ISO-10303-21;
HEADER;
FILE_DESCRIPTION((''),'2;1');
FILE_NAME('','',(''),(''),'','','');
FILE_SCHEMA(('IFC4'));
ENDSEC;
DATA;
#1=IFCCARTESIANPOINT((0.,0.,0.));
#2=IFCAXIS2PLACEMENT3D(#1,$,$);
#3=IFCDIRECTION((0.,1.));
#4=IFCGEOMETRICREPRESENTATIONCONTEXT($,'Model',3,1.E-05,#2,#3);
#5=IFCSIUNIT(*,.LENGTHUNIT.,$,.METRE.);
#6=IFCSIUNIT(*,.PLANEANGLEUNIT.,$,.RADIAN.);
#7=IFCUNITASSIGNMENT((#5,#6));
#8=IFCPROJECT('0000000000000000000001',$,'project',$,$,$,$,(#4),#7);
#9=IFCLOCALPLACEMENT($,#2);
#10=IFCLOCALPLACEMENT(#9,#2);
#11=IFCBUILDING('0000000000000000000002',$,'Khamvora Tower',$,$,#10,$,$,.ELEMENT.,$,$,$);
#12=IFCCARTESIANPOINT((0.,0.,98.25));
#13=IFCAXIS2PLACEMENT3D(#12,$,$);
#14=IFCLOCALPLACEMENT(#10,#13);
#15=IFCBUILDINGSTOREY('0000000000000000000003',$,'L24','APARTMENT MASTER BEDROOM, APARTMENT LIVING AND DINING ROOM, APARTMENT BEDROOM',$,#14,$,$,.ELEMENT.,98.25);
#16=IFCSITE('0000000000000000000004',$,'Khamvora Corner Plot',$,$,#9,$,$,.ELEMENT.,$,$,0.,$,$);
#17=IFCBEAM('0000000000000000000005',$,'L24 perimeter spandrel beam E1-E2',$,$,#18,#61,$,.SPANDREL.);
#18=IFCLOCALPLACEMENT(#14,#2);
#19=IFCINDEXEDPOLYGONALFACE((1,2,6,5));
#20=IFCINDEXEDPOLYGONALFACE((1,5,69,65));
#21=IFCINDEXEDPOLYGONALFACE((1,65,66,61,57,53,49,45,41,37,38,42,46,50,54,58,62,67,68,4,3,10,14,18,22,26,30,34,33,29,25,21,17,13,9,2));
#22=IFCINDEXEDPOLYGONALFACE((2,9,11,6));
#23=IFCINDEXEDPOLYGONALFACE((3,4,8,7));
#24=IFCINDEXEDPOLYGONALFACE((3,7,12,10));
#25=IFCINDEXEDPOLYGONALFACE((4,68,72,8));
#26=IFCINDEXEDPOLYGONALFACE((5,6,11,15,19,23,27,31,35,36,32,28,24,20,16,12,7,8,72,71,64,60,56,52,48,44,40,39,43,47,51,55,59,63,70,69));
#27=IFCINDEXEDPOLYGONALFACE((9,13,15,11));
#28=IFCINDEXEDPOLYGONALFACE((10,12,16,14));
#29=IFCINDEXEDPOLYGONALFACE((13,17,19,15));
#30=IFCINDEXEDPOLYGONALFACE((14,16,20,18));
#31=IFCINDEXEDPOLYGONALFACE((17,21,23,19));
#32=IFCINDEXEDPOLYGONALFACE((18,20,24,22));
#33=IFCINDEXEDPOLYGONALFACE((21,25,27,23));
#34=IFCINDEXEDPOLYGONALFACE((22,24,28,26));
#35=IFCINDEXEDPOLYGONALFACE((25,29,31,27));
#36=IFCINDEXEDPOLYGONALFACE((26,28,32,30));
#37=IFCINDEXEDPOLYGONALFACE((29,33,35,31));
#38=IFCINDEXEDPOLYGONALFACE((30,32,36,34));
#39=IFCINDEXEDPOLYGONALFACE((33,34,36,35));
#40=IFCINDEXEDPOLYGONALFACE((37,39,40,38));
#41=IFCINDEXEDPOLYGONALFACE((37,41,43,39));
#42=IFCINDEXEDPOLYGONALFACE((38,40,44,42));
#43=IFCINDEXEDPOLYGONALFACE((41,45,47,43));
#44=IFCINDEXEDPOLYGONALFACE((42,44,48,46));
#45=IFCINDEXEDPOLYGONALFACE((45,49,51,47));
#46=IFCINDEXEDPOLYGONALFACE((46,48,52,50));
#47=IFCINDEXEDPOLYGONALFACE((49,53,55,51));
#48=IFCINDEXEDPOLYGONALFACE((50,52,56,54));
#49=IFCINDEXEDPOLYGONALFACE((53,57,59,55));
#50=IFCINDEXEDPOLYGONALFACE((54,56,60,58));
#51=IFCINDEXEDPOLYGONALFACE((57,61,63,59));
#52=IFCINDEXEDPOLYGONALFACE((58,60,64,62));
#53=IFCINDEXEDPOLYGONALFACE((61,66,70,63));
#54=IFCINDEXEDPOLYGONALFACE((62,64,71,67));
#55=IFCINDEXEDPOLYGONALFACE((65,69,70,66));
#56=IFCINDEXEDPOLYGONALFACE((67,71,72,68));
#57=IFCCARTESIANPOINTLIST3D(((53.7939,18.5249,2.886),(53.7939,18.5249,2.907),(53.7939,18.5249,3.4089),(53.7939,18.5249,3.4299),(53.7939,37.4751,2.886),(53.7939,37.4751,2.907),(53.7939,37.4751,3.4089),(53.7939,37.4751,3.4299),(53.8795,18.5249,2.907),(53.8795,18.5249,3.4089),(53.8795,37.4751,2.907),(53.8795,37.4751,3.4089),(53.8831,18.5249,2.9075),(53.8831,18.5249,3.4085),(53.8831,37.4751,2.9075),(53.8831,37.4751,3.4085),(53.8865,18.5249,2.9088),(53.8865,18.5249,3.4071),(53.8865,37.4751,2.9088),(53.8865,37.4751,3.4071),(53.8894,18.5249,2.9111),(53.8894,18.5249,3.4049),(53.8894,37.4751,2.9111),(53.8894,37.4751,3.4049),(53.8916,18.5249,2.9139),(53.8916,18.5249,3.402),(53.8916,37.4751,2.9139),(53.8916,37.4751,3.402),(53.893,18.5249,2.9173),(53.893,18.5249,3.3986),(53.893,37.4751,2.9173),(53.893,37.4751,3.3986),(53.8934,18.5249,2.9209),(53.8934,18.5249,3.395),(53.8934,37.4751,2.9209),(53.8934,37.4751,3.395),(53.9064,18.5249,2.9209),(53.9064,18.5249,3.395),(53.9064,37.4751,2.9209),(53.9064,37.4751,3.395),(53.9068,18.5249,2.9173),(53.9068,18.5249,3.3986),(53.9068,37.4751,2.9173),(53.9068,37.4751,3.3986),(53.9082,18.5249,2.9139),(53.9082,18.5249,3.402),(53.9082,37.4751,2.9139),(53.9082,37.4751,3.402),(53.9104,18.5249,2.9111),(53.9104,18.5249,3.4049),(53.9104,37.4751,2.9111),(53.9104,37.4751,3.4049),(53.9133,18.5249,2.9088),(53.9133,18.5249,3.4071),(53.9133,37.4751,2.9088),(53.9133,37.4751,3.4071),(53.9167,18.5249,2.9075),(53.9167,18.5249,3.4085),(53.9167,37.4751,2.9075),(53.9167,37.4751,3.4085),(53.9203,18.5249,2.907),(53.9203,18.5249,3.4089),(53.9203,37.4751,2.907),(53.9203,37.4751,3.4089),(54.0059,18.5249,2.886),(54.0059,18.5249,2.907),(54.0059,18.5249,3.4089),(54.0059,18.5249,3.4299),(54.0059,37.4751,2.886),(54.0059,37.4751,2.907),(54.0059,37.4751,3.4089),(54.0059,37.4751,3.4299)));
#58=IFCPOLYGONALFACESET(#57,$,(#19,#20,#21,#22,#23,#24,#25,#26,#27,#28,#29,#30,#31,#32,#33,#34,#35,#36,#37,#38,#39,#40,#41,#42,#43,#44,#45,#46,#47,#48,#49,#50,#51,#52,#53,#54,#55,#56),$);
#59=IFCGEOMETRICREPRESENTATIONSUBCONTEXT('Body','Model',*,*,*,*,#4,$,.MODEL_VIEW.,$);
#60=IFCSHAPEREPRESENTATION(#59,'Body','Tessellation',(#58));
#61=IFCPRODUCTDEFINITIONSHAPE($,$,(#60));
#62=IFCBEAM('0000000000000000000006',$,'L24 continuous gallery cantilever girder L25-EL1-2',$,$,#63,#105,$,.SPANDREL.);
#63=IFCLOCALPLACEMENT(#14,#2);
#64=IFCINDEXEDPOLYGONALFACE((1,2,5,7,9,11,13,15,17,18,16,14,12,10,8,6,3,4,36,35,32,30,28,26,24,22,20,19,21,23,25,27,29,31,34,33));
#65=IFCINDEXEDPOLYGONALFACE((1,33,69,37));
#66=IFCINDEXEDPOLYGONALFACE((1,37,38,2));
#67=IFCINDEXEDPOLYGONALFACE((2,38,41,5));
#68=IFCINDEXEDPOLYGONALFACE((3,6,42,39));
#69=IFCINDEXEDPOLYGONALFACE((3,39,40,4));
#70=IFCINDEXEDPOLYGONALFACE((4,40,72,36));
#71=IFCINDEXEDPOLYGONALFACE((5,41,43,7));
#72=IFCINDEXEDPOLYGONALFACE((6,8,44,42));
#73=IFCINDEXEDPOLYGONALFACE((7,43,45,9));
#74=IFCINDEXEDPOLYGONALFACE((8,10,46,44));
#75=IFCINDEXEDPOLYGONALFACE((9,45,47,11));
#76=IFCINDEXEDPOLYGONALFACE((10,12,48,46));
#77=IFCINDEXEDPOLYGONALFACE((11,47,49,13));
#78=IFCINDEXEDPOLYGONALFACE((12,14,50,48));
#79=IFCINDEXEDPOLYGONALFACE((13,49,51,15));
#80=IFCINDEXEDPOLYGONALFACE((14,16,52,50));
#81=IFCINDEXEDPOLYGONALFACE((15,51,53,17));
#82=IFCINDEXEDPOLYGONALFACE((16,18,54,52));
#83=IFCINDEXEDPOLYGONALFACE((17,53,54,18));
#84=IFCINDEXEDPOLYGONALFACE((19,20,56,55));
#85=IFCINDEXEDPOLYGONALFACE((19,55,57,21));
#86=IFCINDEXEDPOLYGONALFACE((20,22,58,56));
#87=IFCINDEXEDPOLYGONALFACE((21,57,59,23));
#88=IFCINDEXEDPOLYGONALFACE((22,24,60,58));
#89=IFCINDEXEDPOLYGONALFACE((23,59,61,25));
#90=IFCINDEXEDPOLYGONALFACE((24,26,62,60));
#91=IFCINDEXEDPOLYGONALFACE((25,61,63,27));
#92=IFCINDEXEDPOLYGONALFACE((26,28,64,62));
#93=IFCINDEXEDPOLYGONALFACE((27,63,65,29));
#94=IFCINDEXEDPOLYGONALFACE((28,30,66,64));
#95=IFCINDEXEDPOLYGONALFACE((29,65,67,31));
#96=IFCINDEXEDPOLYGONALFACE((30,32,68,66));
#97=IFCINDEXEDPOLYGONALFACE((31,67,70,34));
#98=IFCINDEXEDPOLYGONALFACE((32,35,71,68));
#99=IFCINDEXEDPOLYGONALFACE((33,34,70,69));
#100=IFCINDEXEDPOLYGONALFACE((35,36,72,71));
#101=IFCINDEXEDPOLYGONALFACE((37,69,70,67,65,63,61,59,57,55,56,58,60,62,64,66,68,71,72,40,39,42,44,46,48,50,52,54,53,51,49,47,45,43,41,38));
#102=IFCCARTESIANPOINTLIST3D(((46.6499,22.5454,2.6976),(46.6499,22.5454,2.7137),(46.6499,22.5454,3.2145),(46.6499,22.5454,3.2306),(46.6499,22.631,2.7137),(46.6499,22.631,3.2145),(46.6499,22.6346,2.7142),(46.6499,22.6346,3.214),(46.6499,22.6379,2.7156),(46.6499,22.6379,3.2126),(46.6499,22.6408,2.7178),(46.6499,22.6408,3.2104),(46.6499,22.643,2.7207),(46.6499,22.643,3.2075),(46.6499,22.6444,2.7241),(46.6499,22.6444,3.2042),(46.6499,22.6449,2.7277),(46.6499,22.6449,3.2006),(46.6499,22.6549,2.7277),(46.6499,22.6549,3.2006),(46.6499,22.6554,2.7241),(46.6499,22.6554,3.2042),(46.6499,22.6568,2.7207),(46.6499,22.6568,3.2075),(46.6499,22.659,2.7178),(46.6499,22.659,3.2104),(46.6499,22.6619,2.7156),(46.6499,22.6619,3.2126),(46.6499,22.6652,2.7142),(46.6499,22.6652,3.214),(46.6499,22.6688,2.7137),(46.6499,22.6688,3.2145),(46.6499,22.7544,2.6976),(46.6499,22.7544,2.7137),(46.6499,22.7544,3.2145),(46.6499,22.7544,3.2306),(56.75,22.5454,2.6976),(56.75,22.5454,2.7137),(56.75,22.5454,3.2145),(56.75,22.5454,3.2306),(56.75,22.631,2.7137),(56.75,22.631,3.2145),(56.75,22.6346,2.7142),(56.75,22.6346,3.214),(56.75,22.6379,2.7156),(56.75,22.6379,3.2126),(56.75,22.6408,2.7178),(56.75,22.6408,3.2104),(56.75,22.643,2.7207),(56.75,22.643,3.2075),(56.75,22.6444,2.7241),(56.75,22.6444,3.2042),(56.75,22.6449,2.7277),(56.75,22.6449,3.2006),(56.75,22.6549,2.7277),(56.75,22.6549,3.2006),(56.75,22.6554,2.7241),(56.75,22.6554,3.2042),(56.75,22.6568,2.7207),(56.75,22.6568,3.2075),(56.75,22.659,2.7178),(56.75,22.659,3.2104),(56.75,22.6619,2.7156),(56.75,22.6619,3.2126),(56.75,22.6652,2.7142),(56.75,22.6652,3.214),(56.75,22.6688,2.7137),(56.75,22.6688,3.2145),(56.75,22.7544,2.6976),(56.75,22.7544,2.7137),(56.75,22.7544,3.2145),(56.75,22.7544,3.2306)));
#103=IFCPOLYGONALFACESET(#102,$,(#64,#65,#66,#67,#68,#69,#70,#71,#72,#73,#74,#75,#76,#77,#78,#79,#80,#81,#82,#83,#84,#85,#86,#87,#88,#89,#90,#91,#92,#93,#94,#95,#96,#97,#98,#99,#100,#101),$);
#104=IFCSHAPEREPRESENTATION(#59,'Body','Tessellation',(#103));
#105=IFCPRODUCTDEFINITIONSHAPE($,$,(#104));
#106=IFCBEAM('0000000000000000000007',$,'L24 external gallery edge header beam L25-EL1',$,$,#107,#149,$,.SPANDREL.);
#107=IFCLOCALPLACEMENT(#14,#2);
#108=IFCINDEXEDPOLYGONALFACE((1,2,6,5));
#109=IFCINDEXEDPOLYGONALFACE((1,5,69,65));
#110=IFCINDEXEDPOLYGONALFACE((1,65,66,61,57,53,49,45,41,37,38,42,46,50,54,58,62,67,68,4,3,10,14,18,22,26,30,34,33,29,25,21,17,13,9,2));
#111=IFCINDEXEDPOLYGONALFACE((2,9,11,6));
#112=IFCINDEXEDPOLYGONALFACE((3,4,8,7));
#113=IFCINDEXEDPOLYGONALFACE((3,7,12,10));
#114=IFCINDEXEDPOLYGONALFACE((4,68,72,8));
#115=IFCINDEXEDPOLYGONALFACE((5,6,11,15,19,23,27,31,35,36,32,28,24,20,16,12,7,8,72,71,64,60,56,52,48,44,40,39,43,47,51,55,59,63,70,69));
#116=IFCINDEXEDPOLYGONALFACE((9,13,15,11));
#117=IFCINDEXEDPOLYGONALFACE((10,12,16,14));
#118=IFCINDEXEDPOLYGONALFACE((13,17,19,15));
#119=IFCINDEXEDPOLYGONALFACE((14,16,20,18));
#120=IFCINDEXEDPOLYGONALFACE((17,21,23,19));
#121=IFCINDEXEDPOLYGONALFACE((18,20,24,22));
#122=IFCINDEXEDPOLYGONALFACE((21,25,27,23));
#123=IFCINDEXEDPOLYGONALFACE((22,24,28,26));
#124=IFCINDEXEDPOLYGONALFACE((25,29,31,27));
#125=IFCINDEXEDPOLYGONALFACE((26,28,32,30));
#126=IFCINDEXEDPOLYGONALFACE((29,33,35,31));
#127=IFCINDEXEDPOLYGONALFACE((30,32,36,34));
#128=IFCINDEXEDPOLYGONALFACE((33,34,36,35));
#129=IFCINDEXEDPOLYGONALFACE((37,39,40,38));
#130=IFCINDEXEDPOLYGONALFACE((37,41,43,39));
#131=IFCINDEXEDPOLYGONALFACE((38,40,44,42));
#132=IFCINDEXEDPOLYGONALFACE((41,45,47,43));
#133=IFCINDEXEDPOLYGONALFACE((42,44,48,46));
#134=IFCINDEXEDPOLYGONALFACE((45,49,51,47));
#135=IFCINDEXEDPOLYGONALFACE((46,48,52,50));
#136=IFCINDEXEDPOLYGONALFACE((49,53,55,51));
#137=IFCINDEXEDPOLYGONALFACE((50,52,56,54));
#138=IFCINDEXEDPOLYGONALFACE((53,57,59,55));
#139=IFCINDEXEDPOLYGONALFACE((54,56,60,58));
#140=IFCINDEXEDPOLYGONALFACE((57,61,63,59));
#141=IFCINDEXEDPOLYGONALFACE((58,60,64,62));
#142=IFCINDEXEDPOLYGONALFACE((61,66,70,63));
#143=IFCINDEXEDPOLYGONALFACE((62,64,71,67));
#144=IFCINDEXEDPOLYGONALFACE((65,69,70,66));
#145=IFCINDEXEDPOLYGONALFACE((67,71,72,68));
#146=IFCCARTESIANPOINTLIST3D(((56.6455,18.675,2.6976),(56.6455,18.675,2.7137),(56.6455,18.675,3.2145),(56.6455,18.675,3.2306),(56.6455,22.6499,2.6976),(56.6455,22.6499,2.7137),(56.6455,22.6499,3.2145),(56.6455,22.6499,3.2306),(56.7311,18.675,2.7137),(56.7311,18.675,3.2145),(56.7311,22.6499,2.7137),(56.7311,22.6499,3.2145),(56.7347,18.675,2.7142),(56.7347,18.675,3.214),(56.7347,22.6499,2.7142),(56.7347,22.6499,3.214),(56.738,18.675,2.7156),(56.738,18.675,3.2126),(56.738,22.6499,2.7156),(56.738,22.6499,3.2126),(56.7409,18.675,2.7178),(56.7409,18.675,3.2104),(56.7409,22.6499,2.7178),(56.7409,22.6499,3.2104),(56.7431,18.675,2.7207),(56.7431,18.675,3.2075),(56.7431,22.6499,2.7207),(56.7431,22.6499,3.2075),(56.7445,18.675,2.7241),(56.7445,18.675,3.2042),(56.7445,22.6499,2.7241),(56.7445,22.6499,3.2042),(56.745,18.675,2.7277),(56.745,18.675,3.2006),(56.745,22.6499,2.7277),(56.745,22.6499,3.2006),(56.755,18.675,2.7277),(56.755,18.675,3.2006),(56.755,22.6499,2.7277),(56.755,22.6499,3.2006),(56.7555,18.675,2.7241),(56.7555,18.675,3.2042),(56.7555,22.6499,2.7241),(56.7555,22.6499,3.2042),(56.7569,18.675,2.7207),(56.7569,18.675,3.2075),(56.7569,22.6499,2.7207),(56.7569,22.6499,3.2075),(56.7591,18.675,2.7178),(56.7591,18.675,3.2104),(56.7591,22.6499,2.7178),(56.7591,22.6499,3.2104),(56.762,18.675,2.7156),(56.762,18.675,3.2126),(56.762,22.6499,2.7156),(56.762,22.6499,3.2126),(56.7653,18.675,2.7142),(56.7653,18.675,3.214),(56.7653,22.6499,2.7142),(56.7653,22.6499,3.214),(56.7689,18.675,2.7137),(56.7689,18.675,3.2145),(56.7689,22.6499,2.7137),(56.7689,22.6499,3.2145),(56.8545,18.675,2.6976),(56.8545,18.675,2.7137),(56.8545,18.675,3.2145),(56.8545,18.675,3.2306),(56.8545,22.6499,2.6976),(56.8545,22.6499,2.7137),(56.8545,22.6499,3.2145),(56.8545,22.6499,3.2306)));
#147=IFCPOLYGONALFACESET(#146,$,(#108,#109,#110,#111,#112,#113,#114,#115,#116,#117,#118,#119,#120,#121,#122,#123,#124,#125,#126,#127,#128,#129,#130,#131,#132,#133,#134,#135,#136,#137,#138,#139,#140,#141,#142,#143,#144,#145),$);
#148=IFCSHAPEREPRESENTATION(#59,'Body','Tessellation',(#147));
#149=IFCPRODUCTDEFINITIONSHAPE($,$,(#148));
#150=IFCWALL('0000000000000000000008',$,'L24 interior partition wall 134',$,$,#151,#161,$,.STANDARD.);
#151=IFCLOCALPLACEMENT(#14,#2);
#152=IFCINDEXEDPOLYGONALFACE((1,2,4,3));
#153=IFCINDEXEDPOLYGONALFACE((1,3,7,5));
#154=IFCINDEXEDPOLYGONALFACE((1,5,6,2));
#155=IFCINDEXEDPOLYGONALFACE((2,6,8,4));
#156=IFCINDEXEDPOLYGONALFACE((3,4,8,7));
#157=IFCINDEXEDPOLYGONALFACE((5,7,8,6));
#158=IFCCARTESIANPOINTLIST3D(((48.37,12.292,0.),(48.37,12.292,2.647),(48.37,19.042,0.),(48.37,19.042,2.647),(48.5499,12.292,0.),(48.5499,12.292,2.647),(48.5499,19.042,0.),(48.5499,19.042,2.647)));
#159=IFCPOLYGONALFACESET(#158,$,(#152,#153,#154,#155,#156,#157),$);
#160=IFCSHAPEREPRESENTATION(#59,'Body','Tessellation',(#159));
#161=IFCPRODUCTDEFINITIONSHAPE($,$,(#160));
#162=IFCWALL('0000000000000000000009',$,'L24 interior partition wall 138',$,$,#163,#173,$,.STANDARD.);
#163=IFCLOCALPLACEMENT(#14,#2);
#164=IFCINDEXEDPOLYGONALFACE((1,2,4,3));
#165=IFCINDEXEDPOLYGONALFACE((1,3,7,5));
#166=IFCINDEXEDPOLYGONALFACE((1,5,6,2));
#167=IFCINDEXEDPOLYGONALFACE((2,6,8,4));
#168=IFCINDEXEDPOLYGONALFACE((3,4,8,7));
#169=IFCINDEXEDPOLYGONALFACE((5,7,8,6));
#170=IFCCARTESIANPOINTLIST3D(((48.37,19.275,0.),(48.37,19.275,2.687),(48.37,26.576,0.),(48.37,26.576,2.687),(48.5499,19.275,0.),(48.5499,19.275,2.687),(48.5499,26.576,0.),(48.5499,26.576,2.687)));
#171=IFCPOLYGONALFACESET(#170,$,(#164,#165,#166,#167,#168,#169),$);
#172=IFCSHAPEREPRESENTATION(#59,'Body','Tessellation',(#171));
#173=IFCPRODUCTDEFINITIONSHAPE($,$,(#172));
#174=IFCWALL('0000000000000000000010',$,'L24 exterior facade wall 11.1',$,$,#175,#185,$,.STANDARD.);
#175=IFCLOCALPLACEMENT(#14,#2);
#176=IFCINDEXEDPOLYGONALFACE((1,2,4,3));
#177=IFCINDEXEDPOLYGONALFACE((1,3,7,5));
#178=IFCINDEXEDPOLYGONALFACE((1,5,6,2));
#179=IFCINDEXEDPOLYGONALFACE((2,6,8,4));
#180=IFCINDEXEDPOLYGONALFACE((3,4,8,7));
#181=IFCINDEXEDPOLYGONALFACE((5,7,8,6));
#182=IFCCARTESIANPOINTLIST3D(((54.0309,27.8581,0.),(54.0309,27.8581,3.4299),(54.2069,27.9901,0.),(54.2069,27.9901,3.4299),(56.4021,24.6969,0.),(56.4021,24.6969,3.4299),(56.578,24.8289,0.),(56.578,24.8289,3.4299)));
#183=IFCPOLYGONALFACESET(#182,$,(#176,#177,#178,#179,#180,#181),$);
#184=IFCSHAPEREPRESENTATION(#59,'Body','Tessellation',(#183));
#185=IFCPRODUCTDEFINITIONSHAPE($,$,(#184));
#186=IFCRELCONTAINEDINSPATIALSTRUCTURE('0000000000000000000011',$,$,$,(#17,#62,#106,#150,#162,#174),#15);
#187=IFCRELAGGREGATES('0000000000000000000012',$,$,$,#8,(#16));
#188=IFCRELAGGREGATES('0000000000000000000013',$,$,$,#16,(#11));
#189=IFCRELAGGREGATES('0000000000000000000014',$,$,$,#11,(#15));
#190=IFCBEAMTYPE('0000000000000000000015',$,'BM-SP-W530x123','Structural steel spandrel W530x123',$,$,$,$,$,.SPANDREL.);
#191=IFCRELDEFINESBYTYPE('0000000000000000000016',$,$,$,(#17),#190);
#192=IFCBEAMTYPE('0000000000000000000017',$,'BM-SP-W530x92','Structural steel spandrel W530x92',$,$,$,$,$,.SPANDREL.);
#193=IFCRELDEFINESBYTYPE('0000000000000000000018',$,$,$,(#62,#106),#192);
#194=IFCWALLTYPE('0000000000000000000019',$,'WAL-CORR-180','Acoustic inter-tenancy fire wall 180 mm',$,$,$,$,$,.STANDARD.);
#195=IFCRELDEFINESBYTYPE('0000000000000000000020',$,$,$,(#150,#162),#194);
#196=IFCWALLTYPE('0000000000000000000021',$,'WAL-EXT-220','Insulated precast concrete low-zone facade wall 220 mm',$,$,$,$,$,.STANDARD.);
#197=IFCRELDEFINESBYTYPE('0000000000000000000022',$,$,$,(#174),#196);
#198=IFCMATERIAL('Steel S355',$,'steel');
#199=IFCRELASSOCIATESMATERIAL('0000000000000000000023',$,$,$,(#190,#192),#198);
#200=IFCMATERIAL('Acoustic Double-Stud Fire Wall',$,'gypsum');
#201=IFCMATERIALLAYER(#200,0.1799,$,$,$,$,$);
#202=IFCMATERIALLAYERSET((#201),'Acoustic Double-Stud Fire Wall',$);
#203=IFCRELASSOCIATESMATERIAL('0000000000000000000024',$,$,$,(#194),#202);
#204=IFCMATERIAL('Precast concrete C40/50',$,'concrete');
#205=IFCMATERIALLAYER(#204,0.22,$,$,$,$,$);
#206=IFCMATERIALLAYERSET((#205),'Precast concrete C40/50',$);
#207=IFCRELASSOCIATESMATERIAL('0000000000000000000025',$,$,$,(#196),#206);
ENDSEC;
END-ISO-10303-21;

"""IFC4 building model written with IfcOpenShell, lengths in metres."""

from ifc_helpers import new_model, si_unit, direction, frame, frame_2d, origin, origin_2d, place, context, subcontext, project, spatial, rectangle, i_section, extrude, material, layer, layer_set, material_profile, profile_set, type_object, element, save


model = new_model("IFC4")

# Units and contexts
model_context = context("Model", 3, precision=1e-05, world=origin(), true_north=direction((0.0, 1.0)))
body_context = subcontext(model_context, "Body", "Model", "MODEL_VIEW")
ifc_project = project(units=[si_unit("LENGTHUNIT", "METRE"), si_unit("PLANEANGLEUNIT", "RADIAN")], contexts=[model_context])

# Site, building, storey
site_placement = place(None, origin())
site = spatial("IfcSite", under=ifc_project, at=site_placement, Name="Khamvora Corner Plot", CompositionType="ELEMENT", RefElevation=0.0)
building_placement = place(site_placement, origin())
building = spatial("IfcBuilding", under=site, at=building_placement, Name="Khamvora Tower", CompositionType="ELEMENT")
storey_placement = place(building_placement, frame((0.0, 0.0, 98.25)))
storey = spatial("IfcBuildingStorey", under=building, at=storey_placement, Name="L24", Description="APARTMENT MASTER BEDROOM, APARTMENT LIVING AND DINING ROOM, APARTMENT BEDROOM", CompositionType="ELEMENT", Elevation=98.25)

# Beams
ifc_material_1 = material(Name="Steel S355", Category="steel")
ifc_material_profile_1 = material_profile(ifc_material_1, i_section(OverallWidth=0.2119, OverallDepth=0.5439, WebThickness=0.0129, FlangeThickness=0.021, FilletRadius=0.0139, at=origin_2d()), Name="W530x123")
ifc_profile_set_1 = profile_set([ifc_material_profile_1], Name="Steel S355")
beam_type_1 = type_object("IfcBeamType", Name="BM-SP-W530x123", Description="Structural steel spandrel W530x123", PredefinedType="SPANDREL", material=ifc_profile_set_1)
beam_1_placement = place(storey_placement, frame((53.8999, 18.5249, 3.158), z_axis=(0.0, 1.0, 0.0), x_axis=(-1.0, 0.0, 0.0)))
element("IfcBeam", 1, at=beam_1_placement, inside=storey, type_object=beam_type_1, Name="L24 perimeter spandrel beam E1-E2", PredefinedType="SPANDREL", context=body_context, shape_type="SweptSolid", body=[
    extrude(i_section(OverallWidth=0.2119, OverallDepth=0.5439, WebThickness=0.0129, FlangeThickness=0.021, FilletRadius=0.0139, at=origin_2d()), origin(), (0.0, 0.0, 1.0), 18.9502),
])
ifc_material_profile_2 = material_profile(ifc_material_1, i_section(OverallWidth=0.209, OverallDepth=0.533, WebThickness=0.01, FlangeThickness=0.0161, FilletRadius=0.0139, at=origin_2d()), Name="W530x92")
ifc_profile_set_2 = profile_set([ifc_material_profile_2], Name="Steel S355")
beam_type_2 = type_object("IfcBeamType", Name="BM-SP-W530x92", Description="Structural steel spandrel W530x92", PredefinedType="SPANDREL", material=ifc_profile_set_2)
beam_2_placement = place(storey_placement, frame((46.6499, 22.6499, 2.9641), z_axis=(1.0, 0.0, 0.0), x_axis=(0.0, 1.0, 0.0)))
element("IfcBeam", 2, at=beam_2_placement, inside=storey, type_object=beam_type_2, Name="L24 continuous gallery cantilever girder L25-EL1-2", PredefinedType="SPANDREL", context=body_context, shape_type="SweptSolid", body=[
    extrude(i_section(OverallWidth=0.209, OverallDepth=0.533, WebThickness=0.01, FlangeThickness=0.0161, FilletRadius=0.0139, at=origin_2d()), origin(), (0.0, 0.0, 1.0), 10.1001),
])
beam_3_placement = place(storey_placement, frame((56.75, 18.675, 2.9641), z_axis=(0.0, 1.0, 0.0), x_axis=(-1.0, 0.0, 0.0)))
element("IfcBeam", 3, at=beam_3_placement, inside=storey, type_object=beam_type_2, Name="L24 external gallery edge header beam L25-EL1", PredefinedType="SPANDREL", context=body_context, shape_type="SweptSolid", body=[
    extrude(i_section(OverallWidth=0.209, OverallDepth=0.533, WebThickness=0.01, FlangeThickness=0.0161, FilletRadius=0.0139, at=origin_2d()), origin(), (0.0, 0.0, 1.0), 3.9749),
])

# Walls
ifc_material_2 = material(Name="Acoustic Double-Stud Fire Wall", Category="gypsum")
ifc_layer_1 = layer(ifc_material_2, 0.1799)
ifc_layer_set_1 = layer_set([ifc_layer_1], Name="Acoustic Double-Stud Fire Wall")
wall_type_1 = type_object("IfcWallType", Name="WAL-CORR-180", Description="Acoustic inter-tenancy fire wall 180 mm", PredefinedType="STANDARD", material=ifc_layer_set_1)
wall_1_placement = place(storey_placement, frame((48.46, 19.042, 0.0), z_axis=(0.0, 0.0, 1.0), x_axis=(0.0, -1.0, 0.0)))
element("IfcWall", 4, at=wall_1_placement, inside=storey, type_object=wall_type_1, Name="L24 interior partition wall 134", PredefinedType="STANDARD", context=body_context, shape_type="SweptSolid", body=[
    extrude(rectangle(XDim=6.75, YDim=0.1799, at=frame_2d((3.375, 0.0))), origin(), (0.0, 0.0, 1.0), 2.647),
])
wall_2_placement = place(storey_placement, frame((48.46, 26.5759, 0.0), z_axis=(0.0, 0.0, 1.0), x_axis=(0.0, -1.0, 0.0)))
element("IfcWall", 5, at=wall_2_placement, inside=storey, type_object=wall_type_1, Name="L24 interior partition wall 138", PredefinedType="STANDARD", context=body_context, shape_type="SweptSolid", body=[
    extrude(rectangle(XDim=7.301, YDim=0.1799, at=frame_2d((3.6504, 0.0))), origin(), (0.0, 0.0, 1.0), 2.687),
])
ifc_material_3 = material(Name="Precast concrete C40/50", Category="concrete")
ifc_layer_2 = layer(ifc_material_3, 0.22)
ifc_layer_set_2 = layer_set([ifc_layer_2], Name="Precast concrete C40/50")
wall_type_2 = type_object("IfcWallType", Name="WAL-EXT-220", Description="Insulated precast concrete low-zone facade wall 220 mm", PredefinedType="STANDARD", material=ifc_layer_set_2)
wall_3_placement = place(storey_placement, frame((54.1189, 27.9241, 0.0), z_axis=(0.0, 0.0, 1.0), x_axis=(0.60004, -0.79997, 0.0)))
element("IfcWall", 6, at=wall_3_placement, inside=storey, type_object=wall_type_2, Name="L24 exterior facade wall 11.1", PredefinedType="STANDARD", context=body_context, shape_type="SweptSolid", body=[
    extrude(rectangle(XDim=3.9517, YDim=0.22, at=frame_2d((1.9758, 0.0))), origin(), (0.0, 0.0, 1.0), 3.4299),
])

save(model, "model.ifc")
